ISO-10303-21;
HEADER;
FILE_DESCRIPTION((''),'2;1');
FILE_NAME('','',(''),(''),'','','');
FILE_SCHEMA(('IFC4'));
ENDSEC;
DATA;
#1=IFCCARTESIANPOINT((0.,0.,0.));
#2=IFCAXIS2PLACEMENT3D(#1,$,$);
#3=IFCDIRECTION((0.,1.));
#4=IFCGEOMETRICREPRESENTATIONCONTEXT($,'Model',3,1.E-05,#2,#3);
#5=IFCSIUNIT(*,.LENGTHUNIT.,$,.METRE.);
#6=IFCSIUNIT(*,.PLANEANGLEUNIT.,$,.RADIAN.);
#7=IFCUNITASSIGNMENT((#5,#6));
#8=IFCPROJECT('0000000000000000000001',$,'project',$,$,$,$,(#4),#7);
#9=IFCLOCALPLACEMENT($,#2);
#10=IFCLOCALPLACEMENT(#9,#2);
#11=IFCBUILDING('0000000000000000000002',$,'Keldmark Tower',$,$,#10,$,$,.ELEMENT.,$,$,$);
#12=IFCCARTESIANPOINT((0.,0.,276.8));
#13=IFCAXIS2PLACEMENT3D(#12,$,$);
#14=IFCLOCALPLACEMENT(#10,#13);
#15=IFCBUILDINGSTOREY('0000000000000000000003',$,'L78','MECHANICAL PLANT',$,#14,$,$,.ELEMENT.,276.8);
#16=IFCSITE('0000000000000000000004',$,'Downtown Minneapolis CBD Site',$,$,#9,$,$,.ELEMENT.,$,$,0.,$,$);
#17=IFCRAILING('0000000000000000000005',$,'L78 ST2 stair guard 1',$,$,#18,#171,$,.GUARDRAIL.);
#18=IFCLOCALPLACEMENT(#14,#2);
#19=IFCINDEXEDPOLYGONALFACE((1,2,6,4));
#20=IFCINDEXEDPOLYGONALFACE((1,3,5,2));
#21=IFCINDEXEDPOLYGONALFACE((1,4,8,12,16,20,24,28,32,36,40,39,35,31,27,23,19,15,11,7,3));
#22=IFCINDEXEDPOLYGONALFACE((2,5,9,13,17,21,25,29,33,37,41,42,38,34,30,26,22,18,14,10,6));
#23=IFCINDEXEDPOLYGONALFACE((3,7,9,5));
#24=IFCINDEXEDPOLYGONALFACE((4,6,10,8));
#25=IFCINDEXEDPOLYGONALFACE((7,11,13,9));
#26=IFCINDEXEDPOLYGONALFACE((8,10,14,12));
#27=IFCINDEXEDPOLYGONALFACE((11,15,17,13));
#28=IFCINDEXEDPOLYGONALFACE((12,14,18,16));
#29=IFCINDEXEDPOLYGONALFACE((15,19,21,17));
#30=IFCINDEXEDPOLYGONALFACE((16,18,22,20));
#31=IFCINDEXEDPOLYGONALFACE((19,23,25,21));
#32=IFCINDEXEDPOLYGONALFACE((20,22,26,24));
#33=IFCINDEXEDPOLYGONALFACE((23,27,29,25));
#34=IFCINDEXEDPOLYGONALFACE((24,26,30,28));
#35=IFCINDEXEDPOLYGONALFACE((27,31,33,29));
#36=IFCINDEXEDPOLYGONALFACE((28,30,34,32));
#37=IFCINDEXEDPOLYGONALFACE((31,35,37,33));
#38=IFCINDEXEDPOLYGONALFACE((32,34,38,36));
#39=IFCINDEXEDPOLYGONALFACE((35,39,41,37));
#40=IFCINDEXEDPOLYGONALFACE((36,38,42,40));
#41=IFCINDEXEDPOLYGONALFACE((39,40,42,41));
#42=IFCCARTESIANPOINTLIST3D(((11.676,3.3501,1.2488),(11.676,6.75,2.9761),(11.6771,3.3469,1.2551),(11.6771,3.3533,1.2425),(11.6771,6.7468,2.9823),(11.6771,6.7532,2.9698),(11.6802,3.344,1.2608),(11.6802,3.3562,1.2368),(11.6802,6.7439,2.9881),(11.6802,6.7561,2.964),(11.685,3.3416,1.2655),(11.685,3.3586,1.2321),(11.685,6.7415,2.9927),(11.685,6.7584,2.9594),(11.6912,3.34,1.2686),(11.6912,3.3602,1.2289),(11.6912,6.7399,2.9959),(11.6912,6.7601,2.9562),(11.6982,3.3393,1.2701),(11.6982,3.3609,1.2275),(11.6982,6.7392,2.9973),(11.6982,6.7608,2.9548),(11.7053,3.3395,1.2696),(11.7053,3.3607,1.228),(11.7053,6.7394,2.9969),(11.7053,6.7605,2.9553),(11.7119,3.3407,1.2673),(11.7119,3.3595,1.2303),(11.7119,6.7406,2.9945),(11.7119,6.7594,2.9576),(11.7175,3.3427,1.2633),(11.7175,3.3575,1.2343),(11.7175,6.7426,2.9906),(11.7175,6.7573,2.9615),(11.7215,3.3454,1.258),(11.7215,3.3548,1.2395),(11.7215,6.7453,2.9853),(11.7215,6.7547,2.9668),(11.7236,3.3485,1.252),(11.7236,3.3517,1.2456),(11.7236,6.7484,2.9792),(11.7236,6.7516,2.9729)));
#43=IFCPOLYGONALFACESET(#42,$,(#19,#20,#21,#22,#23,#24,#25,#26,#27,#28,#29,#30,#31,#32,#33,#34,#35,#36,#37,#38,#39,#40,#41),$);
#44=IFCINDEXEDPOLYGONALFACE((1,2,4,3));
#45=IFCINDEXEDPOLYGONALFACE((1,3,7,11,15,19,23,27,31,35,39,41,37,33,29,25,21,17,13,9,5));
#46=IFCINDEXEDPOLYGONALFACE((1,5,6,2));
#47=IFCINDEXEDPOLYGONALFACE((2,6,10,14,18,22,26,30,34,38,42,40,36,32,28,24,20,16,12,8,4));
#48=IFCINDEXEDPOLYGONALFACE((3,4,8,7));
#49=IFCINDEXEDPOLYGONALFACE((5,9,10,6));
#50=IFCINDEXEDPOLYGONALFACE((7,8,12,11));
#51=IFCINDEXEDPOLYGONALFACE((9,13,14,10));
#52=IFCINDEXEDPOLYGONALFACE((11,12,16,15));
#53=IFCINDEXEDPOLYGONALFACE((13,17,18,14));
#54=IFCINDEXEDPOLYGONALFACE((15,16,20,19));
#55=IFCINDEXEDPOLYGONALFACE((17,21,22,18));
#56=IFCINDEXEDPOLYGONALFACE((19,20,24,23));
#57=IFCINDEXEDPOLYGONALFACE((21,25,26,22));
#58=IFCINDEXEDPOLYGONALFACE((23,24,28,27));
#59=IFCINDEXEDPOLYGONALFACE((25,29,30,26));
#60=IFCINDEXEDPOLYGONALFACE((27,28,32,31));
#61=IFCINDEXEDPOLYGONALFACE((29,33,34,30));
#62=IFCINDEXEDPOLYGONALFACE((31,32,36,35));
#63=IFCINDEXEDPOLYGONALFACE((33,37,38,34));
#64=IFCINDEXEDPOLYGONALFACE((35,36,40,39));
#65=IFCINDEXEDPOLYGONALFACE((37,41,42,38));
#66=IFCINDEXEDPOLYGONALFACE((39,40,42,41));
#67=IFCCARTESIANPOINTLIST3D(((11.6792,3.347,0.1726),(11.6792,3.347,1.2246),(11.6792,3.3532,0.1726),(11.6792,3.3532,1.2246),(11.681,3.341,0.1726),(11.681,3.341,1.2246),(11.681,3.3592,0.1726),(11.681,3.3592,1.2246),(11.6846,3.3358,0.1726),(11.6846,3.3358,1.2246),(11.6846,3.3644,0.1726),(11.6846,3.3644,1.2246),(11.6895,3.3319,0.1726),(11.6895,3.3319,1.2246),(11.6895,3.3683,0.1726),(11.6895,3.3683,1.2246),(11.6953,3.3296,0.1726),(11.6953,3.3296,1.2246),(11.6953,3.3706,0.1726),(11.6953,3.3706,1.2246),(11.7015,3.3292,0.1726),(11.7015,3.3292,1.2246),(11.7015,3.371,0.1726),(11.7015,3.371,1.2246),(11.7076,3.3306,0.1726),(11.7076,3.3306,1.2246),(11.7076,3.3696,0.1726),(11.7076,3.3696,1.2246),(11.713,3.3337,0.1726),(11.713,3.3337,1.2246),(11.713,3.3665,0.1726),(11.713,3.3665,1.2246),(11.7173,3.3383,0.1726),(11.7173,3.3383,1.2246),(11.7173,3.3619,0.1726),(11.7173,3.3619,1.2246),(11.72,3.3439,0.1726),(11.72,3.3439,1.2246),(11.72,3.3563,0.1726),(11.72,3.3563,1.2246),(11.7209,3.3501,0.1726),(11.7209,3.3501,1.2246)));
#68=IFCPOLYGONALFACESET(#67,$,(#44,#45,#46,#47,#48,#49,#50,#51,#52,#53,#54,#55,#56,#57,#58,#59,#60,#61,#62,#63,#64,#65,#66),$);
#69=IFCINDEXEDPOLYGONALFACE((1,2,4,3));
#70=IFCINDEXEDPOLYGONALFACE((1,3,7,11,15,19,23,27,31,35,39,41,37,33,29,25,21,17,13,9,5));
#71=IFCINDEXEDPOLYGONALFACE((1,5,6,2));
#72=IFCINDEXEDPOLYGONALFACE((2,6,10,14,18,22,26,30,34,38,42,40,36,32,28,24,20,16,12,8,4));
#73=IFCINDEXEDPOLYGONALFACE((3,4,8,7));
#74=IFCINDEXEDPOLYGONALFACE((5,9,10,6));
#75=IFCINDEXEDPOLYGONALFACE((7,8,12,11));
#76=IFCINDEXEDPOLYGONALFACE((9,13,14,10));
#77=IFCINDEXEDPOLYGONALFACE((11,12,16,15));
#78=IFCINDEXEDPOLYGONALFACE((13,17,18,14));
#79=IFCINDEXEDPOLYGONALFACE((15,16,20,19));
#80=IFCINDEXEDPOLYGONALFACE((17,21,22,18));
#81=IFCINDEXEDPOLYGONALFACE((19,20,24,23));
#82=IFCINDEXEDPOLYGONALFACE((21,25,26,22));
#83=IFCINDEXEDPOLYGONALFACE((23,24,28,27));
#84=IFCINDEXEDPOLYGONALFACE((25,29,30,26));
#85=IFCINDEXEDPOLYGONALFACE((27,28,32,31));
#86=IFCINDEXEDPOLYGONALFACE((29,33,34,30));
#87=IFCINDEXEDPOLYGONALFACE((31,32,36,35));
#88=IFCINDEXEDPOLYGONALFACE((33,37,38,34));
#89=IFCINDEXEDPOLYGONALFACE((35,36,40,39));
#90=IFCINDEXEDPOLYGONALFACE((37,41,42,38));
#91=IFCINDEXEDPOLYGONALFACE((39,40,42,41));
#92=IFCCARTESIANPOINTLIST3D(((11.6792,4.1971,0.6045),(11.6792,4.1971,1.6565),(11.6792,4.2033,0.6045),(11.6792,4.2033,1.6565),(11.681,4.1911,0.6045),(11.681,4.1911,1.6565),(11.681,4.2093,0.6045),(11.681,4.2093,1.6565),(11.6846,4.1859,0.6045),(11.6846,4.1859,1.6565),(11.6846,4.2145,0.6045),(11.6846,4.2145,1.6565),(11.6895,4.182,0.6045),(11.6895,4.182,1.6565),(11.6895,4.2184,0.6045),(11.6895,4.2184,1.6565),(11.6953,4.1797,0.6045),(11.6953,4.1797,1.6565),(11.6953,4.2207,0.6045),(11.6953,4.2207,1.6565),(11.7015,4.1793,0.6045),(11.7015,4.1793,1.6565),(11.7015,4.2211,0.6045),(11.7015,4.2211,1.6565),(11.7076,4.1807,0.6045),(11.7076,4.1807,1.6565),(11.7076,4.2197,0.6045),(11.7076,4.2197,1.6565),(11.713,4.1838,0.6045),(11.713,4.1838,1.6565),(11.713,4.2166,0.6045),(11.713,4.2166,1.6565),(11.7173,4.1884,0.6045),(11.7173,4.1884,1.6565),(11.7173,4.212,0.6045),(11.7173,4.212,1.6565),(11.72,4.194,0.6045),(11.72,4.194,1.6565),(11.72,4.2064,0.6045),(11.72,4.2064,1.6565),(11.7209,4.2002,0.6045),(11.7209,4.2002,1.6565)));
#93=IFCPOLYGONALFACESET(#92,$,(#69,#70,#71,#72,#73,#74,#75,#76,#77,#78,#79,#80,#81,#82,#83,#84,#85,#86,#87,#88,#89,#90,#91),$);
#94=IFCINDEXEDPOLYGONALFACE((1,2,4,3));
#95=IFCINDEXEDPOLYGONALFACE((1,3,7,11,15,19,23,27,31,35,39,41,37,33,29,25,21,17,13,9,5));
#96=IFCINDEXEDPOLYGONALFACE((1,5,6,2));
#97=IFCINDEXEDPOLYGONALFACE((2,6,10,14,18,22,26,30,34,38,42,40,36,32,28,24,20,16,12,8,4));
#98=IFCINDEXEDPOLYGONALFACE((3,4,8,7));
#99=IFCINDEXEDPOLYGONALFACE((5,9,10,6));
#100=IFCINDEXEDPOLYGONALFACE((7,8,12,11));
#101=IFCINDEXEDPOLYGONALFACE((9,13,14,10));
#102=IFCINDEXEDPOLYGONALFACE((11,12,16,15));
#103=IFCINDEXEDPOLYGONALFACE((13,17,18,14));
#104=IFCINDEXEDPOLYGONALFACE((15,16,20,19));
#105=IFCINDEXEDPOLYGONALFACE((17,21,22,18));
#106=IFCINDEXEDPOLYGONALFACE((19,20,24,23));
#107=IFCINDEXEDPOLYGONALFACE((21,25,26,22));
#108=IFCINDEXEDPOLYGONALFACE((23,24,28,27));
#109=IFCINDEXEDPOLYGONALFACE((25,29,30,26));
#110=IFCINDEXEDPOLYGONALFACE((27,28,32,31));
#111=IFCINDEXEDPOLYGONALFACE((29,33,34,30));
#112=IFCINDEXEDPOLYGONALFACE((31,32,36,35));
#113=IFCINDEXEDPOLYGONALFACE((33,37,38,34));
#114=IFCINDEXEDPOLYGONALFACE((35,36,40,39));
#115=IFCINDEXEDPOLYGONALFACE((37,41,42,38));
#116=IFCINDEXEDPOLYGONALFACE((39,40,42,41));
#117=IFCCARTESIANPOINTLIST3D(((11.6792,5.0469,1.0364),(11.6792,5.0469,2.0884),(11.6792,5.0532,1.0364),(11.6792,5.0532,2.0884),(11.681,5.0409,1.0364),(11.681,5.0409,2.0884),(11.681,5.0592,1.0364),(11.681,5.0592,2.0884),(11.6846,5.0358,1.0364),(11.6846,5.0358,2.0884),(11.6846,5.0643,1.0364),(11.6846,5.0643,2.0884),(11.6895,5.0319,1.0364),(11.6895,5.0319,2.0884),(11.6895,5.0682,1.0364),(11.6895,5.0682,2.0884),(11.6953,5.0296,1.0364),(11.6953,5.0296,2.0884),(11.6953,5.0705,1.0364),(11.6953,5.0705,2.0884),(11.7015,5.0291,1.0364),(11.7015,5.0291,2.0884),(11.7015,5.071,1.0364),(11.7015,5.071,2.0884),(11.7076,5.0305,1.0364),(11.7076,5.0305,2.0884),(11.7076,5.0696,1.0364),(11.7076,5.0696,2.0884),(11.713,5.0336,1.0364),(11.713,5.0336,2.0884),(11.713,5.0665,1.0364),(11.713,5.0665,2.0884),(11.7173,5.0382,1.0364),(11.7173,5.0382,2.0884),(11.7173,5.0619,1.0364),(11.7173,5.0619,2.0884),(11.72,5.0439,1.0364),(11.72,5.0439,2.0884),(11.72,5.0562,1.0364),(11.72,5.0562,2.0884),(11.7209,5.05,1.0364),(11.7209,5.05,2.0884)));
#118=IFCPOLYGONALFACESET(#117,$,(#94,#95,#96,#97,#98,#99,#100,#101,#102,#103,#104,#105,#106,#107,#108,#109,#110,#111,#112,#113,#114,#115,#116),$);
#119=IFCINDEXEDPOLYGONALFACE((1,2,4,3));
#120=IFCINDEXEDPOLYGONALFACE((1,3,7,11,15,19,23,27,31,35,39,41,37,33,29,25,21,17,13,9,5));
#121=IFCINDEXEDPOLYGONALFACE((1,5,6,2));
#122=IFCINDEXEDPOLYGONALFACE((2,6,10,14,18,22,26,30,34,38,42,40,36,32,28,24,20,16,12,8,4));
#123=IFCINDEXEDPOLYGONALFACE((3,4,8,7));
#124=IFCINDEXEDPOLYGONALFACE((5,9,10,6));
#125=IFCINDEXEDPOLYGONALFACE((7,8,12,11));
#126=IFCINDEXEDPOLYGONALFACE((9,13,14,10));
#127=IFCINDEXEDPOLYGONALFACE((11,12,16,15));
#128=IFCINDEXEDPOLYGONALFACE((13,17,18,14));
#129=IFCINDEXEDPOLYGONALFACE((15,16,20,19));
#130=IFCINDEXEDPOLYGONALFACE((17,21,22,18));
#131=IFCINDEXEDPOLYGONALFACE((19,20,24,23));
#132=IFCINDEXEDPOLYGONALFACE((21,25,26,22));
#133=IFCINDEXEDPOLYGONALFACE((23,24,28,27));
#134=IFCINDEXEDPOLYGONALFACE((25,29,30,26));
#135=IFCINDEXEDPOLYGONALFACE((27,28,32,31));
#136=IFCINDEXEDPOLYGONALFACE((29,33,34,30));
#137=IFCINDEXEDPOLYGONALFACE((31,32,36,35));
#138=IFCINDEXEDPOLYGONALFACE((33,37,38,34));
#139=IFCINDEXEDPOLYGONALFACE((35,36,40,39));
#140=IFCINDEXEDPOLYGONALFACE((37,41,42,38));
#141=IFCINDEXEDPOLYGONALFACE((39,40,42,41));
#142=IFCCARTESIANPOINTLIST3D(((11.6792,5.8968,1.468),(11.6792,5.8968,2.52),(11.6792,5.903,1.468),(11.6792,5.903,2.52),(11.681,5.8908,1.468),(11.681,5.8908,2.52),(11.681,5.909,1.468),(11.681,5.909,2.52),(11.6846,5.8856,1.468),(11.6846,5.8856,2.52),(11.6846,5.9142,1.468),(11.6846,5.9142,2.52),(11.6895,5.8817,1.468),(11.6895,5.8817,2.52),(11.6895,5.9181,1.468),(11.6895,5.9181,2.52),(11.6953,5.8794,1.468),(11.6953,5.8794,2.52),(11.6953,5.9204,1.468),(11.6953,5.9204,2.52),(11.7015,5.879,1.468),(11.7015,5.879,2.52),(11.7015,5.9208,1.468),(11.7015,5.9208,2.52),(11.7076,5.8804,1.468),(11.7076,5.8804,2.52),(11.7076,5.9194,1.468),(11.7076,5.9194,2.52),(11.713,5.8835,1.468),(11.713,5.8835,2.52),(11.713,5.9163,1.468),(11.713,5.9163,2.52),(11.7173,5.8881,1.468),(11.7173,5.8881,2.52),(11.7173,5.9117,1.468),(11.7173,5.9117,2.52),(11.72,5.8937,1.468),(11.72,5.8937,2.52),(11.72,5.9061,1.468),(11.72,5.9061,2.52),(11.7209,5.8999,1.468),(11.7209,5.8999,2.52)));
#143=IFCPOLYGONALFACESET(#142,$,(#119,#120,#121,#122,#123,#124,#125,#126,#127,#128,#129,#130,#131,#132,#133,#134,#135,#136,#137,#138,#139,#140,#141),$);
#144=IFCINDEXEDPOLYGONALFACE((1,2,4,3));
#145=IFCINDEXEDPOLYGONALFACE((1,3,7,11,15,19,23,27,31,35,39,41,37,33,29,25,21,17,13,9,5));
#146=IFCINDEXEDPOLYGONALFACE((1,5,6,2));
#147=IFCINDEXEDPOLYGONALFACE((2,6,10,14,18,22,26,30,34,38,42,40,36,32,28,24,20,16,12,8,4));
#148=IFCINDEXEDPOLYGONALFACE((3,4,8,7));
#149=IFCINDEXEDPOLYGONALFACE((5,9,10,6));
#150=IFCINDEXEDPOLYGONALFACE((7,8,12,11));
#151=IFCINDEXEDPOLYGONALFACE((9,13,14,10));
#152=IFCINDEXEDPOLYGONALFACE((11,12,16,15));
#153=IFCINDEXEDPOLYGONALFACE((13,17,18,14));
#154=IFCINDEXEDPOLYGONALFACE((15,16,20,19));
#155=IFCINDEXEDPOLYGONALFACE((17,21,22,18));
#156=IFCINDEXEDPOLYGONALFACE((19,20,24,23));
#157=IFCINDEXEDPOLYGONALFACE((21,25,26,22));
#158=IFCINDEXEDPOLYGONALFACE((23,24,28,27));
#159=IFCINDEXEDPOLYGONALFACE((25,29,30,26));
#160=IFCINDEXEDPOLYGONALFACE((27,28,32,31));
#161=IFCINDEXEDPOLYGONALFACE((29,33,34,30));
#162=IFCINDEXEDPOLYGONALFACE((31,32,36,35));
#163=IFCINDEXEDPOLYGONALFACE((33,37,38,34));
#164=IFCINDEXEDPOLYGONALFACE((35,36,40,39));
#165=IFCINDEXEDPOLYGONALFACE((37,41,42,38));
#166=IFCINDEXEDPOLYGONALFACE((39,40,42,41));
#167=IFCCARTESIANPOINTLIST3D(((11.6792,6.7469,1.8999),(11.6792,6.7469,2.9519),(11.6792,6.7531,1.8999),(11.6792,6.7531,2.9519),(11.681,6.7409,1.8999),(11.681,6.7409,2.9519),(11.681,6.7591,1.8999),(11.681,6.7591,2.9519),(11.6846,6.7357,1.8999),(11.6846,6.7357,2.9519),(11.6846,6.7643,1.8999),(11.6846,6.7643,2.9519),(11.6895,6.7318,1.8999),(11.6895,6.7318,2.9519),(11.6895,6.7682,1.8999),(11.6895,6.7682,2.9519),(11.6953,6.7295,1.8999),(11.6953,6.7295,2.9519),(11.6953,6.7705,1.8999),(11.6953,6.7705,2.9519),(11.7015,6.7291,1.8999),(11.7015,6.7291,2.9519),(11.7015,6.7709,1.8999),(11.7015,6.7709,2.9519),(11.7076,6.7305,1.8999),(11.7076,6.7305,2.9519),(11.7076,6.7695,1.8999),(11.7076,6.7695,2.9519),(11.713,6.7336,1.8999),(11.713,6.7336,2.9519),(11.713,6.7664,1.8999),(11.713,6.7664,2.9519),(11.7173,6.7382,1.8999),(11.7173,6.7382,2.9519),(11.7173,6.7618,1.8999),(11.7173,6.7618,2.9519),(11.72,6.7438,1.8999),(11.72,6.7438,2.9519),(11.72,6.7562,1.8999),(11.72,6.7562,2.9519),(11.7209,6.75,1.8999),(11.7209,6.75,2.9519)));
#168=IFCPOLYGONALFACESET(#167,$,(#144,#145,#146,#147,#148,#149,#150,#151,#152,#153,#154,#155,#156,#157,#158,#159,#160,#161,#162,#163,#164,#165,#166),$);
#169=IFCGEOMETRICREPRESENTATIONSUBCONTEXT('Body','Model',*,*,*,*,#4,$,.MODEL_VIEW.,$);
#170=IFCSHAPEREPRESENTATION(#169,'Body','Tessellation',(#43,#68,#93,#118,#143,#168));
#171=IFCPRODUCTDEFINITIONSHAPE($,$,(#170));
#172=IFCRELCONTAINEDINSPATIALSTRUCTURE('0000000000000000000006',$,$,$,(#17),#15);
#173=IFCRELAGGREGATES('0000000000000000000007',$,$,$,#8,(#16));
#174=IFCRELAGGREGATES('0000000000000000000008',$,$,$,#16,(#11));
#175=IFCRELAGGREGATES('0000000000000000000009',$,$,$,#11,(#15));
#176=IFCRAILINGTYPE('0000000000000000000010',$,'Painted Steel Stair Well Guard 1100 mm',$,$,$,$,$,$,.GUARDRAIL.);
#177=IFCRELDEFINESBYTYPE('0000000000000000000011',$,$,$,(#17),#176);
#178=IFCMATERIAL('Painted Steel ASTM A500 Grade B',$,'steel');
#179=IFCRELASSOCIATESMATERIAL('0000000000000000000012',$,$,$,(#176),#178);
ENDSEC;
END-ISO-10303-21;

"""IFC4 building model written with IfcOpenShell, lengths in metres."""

from ifc_helpers import new_model, si_unit, direction, frame, origin, origin_2d, place, context, subcontext, project, spatial, circle, extrude, material, type_object, element, save


model = new_model("IFC4")

# Units and contexts
model_context = context("Model", 3, precision=1e-05, world=origin(), true_north=direction((0.0, 1.0)))
body_context = subcontext(model_context, "Body", "Model", "MODEL_VIEW")
ifc_project = project(units=[si_unit("LENGTHUNIT", "METRE"), si_unit("PLANEANGLEUNIT", "RADIAN")], contexts=[model_context])

# Site, building, storey
site_placement = place(None, origin())
site = spatial("IfcSite", under=ifc_project, at=site_placement, Name="Downtown Minneapolis CBD Site", CompositionType="ELEMENT", RefElevation=0.0)
building_placement = place(site_placement, origin())
building = spatial("IfcBuilding", under=site, at=building_placement, Name="Keldmark Tower", CompositionType="ELEMENT")
storey_placement = place(building_placement, frame((0.0, 0.0, 276.8)))
storey = spatial("IfcBuildingStorey", under=building, at=storey_placement, Name="L78", Description="MECHANICAL PLANT", CompositionType="ELEMENT", Elevation=276.8)

# Railing
ifc_material_1 = material(Name="Painted Steel ASTM A500 Grade B", Category="steel")
railing_type_1 = type_object("IfcRailingType", Name="Painted Steel Stair Well Guard 1100 mm", PredefinedType="GUARDRAIL", material=ifc_material_1)
railing_1_placement = place(storey_placement, frame((11.7, 3.3501, 0.1726)))
element("IfcRailing", 1, at=railing_1_placement, inside=storey, type_object=railing_type_1, Name="L78 ST2 stair guard 1", PredefinedType="GUARDRAIL", context=body_context, shape_type="SweptSolid", body=[
    extrude(circle(Radius=0.0239, at=origin_2d()), frame((0.0, 0.0, 1.0762), z_axis=(0.0, 0.891541, 0.452941), x_axis=(-1.0, 0.0, 0.0)), (0.0, 0.0, 1.0), 3.8135),
    extrude(circle(Radius=0.021, at=origin_2d()), origin(), (0.0, 0.0, 1.0), 1.052),
    extrude(circle(Radius=0.021, at=origin_2d()), frame((0.0, 0.8501, 0.4319)), (0.0, 0.0, 1.0), 1.052),
    extrude(circle(Radius=0.021, at=origin_2d()), frame((0.0, 1.7, 0.8638)), (0.0, 0.0, 1.0), 1.052),
    extrude(circle(Radius=0.021, at=origin_2d()), frame((0.0, 2.5498, 1.2954)), (0.0, 0.0, 1.0), 1.052),
    extrude(circle(Radius=0.021, at=origin_2d()), frame((0.0, 3.3999, 1.7273)), (0.0, 0.0, 1.0), 1.052),
])

save(model, "model.ifc")
